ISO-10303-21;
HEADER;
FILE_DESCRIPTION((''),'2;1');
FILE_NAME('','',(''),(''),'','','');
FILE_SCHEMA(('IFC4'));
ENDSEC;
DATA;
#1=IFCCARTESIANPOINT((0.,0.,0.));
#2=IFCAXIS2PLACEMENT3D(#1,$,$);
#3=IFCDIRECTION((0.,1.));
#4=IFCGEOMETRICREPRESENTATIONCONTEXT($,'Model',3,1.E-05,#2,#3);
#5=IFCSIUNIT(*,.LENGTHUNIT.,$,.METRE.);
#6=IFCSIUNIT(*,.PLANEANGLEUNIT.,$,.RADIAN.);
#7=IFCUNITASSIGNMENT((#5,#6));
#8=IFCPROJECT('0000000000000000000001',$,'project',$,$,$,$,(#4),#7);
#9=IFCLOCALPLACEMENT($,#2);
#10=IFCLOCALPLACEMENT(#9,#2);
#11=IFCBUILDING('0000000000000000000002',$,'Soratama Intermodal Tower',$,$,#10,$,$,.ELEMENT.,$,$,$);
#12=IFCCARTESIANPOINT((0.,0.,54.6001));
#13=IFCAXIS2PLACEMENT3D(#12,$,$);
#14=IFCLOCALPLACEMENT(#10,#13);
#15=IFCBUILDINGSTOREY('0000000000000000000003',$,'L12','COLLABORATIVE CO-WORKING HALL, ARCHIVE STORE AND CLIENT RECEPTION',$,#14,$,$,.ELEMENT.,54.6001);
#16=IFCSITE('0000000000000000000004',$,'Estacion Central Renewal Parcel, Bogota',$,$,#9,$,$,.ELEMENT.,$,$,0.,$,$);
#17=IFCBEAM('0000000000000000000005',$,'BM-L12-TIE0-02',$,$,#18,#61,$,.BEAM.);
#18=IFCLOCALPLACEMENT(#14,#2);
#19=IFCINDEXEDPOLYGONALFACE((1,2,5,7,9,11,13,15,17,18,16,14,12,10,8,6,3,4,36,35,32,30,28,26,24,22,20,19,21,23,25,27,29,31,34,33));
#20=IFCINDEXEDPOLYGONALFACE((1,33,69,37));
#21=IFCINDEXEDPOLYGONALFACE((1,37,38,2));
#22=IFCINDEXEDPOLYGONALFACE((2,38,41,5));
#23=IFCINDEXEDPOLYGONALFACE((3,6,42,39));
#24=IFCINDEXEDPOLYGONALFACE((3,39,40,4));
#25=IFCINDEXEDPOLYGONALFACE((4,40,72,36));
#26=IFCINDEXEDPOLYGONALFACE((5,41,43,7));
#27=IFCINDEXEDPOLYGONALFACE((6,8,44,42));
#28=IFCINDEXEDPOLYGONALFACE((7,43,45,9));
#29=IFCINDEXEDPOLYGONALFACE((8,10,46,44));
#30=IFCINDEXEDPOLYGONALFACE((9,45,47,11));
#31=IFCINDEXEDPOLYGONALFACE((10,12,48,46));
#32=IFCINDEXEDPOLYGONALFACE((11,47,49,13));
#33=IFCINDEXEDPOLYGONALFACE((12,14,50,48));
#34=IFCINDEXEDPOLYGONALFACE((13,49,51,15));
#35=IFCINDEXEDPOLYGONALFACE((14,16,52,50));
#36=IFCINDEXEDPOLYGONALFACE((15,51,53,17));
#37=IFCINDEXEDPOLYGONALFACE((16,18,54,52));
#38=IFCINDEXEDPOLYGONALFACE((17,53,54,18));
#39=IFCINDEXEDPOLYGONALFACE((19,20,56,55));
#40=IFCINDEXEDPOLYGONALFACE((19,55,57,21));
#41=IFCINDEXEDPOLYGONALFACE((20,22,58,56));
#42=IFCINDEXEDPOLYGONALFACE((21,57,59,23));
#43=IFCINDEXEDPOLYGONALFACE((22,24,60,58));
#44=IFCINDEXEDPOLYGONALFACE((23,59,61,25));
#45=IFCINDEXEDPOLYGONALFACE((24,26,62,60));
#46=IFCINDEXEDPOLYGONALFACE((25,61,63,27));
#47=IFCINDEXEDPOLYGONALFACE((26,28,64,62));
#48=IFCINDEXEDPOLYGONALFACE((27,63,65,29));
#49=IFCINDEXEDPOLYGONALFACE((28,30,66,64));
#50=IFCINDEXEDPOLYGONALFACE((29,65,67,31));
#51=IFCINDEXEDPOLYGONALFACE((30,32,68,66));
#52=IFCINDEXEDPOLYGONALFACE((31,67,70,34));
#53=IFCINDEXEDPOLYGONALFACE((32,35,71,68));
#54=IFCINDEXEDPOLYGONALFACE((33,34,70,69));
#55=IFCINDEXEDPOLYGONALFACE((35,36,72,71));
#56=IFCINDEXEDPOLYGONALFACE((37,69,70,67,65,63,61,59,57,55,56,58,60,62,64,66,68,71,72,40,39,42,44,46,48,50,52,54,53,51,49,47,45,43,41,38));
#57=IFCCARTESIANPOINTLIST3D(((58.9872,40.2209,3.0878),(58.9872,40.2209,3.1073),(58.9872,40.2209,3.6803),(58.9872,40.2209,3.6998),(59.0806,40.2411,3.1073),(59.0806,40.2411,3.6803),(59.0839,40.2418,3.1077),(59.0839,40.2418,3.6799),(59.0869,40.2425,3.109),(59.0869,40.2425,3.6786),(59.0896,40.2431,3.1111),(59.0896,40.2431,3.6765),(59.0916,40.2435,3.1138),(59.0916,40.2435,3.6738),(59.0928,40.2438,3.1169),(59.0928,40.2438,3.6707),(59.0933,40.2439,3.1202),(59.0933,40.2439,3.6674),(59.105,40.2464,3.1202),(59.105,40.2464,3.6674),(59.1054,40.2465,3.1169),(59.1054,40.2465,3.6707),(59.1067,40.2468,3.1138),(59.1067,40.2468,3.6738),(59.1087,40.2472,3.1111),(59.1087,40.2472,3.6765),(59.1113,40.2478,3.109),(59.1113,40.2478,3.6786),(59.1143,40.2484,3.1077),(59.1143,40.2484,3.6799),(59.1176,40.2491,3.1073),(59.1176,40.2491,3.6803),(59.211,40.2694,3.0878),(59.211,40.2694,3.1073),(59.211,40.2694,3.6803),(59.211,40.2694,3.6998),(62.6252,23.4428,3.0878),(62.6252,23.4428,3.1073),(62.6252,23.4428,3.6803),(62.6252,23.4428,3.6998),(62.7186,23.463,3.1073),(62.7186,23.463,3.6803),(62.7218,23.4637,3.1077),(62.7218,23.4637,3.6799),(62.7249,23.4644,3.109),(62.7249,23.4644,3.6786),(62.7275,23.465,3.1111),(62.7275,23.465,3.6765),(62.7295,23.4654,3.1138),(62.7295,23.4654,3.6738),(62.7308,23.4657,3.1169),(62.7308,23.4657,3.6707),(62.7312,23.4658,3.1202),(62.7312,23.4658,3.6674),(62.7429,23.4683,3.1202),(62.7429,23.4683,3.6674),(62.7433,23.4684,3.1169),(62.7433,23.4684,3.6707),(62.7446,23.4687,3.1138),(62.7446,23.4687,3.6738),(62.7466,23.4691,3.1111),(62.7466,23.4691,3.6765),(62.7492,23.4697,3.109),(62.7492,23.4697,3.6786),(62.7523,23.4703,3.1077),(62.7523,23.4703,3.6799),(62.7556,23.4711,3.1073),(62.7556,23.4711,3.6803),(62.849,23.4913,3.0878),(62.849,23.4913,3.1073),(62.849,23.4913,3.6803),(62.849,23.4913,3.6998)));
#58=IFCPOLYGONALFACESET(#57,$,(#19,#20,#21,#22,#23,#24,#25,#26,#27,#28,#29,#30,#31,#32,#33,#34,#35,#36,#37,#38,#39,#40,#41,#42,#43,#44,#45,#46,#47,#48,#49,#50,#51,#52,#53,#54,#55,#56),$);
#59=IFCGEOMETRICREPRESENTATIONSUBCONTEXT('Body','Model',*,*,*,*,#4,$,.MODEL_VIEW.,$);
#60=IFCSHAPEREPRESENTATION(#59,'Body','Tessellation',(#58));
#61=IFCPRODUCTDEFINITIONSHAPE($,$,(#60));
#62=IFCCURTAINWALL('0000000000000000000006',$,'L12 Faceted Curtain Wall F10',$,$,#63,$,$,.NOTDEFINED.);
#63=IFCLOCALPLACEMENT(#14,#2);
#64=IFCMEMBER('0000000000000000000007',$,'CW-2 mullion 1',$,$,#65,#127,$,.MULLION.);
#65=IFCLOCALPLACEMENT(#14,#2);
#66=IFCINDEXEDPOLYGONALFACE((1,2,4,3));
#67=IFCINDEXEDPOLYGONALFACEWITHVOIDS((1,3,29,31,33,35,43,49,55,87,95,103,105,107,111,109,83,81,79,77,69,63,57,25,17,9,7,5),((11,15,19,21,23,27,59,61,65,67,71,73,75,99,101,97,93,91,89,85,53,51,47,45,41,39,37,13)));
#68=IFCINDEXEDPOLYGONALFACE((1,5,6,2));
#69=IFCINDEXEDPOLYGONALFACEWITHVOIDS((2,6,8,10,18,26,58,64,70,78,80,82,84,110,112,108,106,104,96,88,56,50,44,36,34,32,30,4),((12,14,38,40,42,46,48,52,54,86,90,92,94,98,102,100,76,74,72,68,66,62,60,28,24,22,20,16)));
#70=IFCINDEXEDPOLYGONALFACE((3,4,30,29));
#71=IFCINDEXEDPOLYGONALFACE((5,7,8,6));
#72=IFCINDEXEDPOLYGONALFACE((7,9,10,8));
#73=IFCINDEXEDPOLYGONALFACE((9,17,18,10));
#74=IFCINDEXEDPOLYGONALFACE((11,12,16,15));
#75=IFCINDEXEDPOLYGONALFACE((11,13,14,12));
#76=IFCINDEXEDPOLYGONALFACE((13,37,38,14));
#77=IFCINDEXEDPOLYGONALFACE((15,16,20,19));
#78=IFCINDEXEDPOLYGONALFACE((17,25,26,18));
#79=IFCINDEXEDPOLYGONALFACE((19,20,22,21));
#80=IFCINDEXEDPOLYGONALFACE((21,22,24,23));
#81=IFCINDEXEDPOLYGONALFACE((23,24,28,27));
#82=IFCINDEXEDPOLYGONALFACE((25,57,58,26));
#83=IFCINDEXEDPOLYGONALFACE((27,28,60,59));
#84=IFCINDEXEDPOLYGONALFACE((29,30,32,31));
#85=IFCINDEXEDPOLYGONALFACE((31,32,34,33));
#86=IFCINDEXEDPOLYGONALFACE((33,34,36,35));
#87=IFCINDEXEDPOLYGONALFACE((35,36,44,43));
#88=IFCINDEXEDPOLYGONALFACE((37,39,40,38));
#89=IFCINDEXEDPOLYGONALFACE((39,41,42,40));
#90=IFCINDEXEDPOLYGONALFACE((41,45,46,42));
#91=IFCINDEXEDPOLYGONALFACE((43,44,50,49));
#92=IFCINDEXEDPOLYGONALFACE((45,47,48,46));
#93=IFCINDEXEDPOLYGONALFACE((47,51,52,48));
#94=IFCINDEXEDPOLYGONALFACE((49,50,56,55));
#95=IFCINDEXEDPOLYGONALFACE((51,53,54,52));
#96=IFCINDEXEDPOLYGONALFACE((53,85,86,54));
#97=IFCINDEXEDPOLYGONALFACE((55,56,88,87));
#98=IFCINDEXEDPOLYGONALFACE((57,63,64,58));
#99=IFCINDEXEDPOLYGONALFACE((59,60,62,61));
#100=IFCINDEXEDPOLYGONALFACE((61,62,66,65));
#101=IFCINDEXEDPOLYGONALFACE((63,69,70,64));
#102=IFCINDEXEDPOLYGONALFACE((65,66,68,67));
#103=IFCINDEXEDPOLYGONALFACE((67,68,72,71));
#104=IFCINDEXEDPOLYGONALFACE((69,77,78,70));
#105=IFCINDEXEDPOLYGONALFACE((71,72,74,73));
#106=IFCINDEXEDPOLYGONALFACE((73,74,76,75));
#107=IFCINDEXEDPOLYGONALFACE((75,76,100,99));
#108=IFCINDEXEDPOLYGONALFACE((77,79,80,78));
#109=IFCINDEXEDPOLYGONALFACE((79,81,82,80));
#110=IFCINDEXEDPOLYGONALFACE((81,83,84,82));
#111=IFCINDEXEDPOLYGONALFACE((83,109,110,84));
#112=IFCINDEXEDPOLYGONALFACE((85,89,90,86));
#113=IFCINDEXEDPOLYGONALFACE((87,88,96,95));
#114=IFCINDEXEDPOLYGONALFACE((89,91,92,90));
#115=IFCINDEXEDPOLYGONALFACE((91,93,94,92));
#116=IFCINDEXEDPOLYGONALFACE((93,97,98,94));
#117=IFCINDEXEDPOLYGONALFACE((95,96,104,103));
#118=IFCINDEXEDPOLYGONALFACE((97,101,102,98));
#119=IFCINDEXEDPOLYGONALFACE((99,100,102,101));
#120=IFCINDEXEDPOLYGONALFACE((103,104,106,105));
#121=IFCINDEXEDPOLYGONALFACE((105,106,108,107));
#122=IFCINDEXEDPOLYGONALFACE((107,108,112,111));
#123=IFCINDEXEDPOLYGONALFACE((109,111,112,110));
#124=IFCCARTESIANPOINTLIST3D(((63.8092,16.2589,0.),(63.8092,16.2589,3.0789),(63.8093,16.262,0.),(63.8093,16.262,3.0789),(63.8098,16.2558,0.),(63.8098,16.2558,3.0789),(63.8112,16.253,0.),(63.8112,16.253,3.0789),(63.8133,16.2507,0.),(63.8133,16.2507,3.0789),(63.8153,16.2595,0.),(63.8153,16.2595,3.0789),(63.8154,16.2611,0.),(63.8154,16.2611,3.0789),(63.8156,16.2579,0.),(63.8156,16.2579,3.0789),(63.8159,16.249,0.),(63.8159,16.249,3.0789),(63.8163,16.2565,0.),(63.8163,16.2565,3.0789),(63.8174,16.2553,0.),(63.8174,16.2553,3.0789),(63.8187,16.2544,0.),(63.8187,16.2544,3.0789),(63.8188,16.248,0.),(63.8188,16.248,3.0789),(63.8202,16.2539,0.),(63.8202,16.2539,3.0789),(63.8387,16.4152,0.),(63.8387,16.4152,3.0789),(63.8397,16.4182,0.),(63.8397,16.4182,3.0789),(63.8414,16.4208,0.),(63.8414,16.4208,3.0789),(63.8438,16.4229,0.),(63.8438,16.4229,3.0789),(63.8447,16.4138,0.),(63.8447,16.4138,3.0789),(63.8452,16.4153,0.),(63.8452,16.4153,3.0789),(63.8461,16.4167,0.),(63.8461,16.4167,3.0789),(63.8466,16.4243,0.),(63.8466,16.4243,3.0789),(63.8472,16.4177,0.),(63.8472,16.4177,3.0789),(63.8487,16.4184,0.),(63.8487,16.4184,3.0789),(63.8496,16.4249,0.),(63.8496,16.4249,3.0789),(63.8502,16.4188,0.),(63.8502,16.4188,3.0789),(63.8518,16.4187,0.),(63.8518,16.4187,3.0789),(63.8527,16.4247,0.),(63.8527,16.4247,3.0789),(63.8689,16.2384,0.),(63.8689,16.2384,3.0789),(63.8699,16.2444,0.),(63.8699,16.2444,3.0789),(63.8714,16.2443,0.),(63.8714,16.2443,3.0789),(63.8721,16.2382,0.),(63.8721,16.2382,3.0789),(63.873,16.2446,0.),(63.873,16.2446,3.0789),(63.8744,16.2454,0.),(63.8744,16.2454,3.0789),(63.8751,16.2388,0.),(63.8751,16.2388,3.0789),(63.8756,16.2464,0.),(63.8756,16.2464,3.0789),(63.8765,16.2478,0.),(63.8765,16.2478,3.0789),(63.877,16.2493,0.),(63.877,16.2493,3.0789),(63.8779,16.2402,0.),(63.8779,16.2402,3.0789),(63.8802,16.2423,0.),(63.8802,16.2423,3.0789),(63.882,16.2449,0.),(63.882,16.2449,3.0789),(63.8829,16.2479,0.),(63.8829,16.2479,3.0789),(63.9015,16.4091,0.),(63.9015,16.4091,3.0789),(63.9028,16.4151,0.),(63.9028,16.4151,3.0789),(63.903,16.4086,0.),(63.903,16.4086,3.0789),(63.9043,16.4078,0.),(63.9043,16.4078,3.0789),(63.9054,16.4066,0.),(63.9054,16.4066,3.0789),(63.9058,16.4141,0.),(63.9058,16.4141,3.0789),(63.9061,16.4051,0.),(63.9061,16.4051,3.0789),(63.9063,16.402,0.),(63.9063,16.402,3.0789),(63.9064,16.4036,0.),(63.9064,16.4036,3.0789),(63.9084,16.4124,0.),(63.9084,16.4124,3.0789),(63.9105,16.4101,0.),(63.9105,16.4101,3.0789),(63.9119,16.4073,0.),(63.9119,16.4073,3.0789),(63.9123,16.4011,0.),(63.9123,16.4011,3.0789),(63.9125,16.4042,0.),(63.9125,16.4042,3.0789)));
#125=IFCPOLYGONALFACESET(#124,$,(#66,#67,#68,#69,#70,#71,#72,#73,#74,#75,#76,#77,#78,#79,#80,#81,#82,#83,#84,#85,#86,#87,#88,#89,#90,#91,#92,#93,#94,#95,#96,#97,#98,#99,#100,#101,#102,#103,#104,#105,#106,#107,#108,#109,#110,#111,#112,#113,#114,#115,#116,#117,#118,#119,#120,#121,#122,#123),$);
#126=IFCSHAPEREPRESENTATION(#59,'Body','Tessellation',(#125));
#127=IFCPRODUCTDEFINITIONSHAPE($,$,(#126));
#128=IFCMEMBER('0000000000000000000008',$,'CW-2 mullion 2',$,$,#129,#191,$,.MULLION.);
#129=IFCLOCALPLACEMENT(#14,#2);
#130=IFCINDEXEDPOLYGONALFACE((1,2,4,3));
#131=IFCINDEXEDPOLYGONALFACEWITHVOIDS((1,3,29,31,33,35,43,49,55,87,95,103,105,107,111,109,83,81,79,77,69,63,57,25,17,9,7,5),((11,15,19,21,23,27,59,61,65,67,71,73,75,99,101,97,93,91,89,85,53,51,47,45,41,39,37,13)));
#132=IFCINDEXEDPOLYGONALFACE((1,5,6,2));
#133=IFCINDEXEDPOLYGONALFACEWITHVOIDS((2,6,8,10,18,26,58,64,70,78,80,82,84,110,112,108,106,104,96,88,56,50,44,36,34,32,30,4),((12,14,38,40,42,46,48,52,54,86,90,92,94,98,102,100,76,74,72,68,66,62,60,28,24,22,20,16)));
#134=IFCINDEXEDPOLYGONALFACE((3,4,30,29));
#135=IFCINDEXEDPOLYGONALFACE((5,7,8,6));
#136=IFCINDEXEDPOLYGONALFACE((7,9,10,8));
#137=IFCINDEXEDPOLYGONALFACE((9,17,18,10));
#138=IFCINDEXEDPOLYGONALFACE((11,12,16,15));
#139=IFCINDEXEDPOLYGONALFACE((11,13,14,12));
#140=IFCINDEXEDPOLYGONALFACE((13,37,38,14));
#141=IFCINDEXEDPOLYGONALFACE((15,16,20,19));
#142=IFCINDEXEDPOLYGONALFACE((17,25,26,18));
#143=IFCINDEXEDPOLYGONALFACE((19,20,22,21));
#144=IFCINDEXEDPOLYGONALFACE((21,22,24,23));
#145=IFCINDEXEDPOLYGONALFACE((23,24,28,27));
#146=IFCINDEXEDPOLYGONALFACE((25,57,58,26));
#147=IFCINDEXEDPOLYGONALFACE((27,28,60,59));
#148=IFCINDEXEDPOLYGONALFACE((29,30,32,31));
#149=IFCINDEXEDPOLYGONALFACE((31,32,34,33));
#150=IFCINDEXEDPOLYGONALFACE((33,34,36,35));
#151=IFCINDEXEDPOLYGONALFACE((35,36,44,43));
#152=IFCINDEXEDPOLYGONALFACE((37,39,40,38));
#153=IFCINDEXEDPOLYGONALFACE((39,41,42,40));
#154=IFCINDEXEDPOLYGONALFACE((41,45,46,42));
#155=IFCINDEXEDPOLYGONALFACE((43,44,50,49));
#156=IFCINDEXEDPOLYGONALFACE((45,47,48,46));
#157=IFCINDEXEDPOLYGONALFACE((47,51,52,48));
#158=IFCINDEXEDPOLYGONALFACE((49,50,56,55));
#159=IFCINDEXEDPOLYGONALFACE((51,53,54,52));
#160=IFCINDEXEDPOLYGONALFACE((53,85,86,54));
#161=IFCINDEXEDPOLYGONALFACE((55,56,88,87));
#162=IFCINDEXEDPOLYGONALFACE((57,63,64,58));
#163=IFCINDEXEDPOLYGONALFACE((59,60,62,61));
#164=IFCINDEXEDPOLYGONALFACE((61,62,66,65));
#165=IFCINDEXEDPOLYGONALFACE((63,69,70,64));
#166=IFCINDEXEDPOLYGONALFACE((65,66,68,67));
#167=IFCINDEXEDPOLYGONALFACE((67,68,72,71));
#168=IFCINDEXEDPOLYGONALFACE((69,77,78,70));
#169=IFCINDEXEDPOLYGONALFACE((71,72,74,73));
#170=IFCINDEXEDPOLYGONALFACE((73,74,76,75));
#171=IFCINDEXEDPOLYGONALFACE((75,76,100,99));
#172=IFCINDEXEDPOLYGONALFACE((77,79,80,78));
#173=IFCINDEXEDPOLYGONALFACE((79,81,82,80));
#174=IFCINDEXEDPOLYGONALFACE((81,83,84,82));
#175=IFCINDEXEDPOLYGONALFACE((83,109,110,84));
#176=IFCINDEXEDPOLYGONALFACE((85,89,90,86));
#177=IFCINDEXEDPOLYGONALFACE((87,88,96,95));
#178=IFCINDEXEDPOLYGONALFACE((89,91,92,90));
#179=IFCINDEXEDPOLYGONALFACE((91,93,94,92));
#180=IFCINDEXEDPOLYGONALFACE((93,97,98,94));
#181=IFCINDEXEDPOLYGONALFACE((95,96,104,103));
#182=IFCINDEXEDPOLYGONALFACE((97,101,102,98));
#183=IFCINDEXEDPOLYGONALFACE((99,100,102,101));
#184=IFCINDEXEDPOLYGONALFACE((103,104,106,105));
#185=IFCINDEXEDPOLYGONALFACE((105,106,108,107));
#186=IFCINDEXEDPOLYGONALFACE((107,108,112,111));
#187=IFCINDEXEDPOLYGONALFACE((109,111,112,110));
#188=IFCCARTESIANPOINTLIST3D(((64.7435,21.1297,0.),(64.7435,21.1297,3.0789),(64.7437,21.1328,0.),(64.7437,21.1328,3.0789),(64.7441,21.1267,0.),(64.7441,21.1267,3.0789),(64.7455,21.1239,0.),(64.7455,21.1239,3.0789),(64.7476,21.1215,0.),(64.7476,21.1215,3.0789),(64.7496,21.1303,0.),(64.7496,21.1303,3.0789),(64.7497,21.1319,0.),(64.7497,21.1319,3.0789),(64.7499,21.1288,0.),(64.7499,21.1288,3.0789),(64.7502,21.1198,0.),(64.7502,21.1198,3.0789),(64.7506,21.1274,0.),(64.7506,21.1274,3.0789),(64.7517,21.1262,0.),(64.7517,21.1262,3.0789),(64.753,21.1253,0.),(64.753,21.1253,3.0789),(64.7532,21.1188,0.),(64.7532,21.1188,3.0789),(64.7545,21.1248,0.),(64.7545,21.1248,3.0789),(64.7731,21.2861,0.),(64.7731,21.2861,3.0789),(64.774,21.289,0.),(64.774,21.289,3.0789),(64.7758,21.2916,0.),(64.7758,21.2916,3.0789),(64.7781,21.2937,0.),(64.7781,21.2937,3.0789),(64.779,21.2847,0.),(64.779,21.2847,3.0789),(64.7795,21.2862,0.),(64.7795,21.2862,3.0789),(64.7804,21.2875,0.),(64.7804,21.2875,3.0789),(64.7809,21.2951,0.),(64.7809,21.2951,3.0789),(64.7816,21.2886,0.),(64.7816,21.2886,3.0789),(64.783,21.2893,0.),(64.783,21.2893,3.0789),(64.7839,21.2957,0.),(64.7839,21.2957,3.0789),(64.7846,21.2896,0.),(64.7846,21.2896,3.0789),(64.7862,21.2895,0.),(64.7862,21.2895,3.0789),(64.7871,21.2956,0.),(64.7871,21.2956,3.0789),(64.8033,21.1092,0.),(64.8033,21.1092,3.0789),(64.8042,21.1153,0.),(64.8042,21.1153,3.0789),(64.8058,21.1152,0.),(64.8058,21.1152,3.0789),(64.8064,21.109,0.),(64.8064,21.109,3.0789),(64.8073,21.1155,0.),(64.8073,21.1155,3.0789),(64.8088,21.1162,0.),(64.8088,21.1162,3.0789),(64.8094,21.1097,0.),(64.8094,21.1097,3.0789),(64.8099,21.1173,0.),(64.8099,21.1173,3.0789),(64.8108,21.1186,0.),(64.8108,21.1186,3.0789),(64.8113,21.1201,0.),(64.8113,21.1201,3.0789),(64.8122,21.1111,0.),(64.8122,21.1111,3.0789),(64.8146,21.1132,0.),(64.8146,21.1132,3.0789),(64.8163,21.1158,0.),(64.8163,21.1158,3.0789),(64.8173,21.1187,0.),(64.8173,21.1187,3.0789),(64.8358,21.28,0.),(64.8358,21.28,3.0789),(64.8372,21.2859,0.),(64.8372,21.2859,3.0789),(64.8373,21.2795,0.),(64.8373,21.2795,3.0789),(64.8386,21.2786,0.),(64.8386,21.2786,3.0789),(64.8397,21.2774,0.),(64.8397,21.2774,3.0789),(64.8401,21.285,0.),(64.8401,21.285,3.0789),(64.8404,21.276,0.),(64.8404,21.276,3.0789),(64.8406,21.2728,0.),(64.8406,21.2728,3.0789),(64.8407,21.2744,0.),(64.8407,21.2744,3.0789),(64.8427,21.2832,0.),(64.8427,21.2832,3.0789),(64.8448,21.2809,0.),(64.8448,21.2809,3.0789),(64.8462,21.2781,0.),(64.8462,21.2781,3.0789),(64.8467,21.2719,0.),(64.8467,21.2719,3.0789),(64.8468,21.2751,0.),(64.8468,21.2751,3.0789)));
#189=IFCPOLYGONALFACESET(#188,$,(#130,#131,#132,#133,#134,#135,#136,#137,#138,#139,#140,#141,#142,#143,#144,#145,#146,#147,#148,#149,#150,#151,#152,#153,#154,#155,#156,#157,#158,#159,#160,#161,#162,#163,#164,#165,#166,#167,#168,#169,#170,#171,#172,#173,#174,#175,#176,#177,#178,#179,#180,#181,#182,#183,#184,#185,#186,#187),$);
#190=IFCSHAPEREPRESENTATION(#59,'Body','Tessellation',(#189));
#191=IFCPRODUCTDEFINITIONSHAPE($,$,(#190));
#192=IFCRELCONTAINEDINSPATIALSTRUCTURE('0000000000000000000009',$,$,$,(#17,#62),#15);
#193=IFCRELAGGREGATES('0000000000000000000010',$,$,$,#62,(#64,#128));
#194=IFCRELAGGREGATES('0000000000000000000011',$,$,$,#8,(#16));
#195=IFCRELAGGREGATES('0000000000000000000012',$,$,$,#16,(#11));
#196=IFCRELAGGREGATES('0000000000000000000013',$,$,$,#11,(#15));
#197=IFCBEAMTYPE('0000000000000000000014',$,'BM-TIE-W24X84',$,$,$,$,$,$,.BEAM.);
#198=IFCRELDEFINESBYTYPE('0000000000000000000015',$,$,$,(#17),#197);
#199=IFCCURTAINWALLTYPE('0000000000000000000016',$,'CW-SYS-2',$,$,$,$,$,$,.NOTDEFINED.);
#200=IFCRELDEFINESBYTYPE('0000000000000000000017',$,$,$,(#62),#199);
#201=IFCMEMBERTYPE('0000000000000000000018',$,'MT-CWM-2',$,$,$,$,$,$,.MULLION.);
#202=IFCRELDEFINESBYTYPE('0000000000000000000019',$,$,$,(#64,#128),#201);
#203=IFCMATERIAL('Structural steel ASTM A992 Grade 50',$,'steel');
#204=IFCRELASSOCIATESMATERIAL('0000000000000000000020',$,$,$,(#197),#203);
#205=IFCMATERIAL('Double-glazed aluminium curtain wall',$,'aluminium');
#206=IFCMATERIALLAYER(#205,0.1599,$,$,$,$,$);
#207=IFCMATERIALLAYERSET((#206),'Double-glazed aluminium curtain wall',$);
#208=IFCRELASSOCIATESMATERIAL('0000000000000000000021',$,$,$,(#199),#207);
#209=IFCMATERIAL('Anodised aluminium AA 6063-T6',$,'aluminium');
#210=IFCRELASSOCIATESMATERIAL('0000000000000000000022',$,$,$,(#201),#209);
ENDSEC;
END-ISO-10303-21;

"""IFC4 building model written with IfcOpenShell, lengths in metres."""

from ifc_helpers import new_model, si_unit, direction, frame, origin, origin_2d, place, context, subcontext, project, spatial, hollow_rectangle, i_section, extrude, material, layer, layer_set, material_profile, profile_set, type_object, element, aggregate, save


model = new_model("IFC4")

# Units and contexts
model_context = context("Model", 3, precision=1e-05, world=origin(), true_north=direction((0.0, 1.0)))
body_context = subcontext(model_context, "Body", "Model", "MODEL_VIEW")
ifc_project = project(units=[si_unit("LENGTHUNIT", "METRE"), si_unit("PLANEANGLEUNIT", "RADIAN")], contexts=[model_context])

# Site, building, storey
site_placement = place(None, origin())
site = spatial("IfcSite", under=ifc_project, at=site_placement, Name="Estacion Central Renewal Parcel, Bogota", CompositionType="ELEMENT", RefElevation=0.0)
building_placement = place(site_placement, origin())
building = spatial("IfcBuilding", under=site, at=building_placement, Name="Soratama Intermodal Tower", CompositionType="ELEMENT")
storey_placement = place(building_placement, frame((0.0, 0.0, 54.6001)))
storey = spatial("IfcBuildingStorey", under=building, at=storey_placement, Name="L12", Description="COLLABORATIVE CO-WORKING HALL, ARCHIVE STORE AND CLIENT RECEPTION", CompositionType="ELEMENT", Elevation=54.6001)

# Beam
ifc_material_1 = material(Name="Structural steel ASTM A992 Grade 50", Category="steel")
ifc_material_profile_1 = material_profile(ifc_material_1, i_section(OverallWidth=0.229, OverallDepth=0.6121, WebThickness=0.012, FlangeThickness=0.0195, FilletRadius=0.0129, at=origin_2d()), Name="W24X84")
ifc_profile_set_1 = profile_set([ifc_material_profile_1], Name="Structural steel ASTM A992 Grade 50")
beam_type_1 = type_object("IfcBeamType", Name="BM-TIE-W24X84", PredefinedType="BEAM", material=ifc_profile_set_1)
beam_1_placement = place(storey_placement, frame((62.7371, 23.467, 3.3938), z_axis=(-0.211903, 0.977291, 0.0), x_axis=(-0.977291, -0.211903, 0.0)))
element("IfcBeam", 1, at=beam_1_placement, inside=storey, type_object=beam_type_1, Name="BM-L12-TIE0-02", PredefinedType="BEAM", context=body_context, shape_type="SweptSolid", body=[
    extrude(i_section(OverallWidth=0.229, OverallDepth=0.6121, WebThickness=0.012, FlangeThickness=0.0195, FilletRadius=0.0129, at=origin_2d()), origin(), (0.0, 0.0, 1.0), 17.168),
])

# Curtain wall, members
ifc_material_2 = material(Name="Double-glazed aluminium curtain wall", Category="aluminium")
ifc_layer_1 = layer(ifc_material_2, 0.1599)
ifc_layer_set_1 = layer_set([ifc_layer_1], Name="Double-glazed aluminium curtain wall")
curtain_wall_type = type_object("IfcCurtainWallType", Name="CW-SYS-2", PredefinedType="NOTDEFINED", material=ifc_layer_set_1)
curtain_wall_placement = place(storey_placement, origin())
curtain_wall = element("IfcCurtainWall", 2, at=curtain_wall_placement, inside=storey, type_object=curtain_wall_type, Name="L12 Faceted Curtain Wall F10", PredefinedType="NOTDEFINED")
ifc_material_3 = material(Name="Anodised aluminium AA 6063-T6", Category="aluminium")
ifc_material_profile_2 = material_profile(ifc_material_3, hollow_rectangle(XDim=0.075, YDim=0.1799, WallThickness=0.0061, InnerFilletRadius=0.0061, OuterFilletRadius=0.012, at=origin_2d()), Name="CWM180X75X6")
ifc_profile_set_2 = profile_set([ifc_material_profile_2], Name="Anodised aluminium AA 6063-T6")
member_type_1 = type_object("IfcMemberType", Name="MT-CWM-2", PredefinedType="MULLION", material=ifc_profile_set_2)
member_1_placement = place(storey_placement, frame((63.8608, 16.3315, 0.0), z_axis=(0.0, 0.0, 1.0), x_axis=(-0.982091, 0.188405, 0.0)))
member_1 = element("IfcMember", 3, at=member_1_placement, type_object=member_type_1, Name="CW-2 mullion 1", PredefinedType="MULLION", context=body_context, shape_type="SweptSolid", body=[
    extrude(hollow_rectangle(XDim=0.075, YDim=0.1799, WallThickness=0.0061, InnerFilletRadius=0.0061, OuterFilletRadius=0.012, at=origin_2d()), origin(), (0.0, 0.0, 1.0), 3.0789),
])
member_2_placement = place(storey_placement, frame((64.7952, 21.2024, 0.0), z_axis=(0.0, 0.0, 1.0), x_axis=(-0.982091, 0.188405, 0.0)))
member_2 = element("IfcMember", 4, at=member_2_placement, type_object=member_type_1, Name="CW-2 mullion 2", PredefinedType="MULLION", context=body_context, shape_type="SweptSolid", body=[
    extrude(hollow_rectangle(XDim=0.075, YDim=0.1799, WallThickness=0.0061, InnerFilletRadius=0.0061, OuterFilletRadius=0.012, at=origin_2d()), origin(), (0.0, 0.0, 1.0), 3.0789),
])
aggregate(curtain_wall, [member_1, member_2])

save(model, "model.ifc")
